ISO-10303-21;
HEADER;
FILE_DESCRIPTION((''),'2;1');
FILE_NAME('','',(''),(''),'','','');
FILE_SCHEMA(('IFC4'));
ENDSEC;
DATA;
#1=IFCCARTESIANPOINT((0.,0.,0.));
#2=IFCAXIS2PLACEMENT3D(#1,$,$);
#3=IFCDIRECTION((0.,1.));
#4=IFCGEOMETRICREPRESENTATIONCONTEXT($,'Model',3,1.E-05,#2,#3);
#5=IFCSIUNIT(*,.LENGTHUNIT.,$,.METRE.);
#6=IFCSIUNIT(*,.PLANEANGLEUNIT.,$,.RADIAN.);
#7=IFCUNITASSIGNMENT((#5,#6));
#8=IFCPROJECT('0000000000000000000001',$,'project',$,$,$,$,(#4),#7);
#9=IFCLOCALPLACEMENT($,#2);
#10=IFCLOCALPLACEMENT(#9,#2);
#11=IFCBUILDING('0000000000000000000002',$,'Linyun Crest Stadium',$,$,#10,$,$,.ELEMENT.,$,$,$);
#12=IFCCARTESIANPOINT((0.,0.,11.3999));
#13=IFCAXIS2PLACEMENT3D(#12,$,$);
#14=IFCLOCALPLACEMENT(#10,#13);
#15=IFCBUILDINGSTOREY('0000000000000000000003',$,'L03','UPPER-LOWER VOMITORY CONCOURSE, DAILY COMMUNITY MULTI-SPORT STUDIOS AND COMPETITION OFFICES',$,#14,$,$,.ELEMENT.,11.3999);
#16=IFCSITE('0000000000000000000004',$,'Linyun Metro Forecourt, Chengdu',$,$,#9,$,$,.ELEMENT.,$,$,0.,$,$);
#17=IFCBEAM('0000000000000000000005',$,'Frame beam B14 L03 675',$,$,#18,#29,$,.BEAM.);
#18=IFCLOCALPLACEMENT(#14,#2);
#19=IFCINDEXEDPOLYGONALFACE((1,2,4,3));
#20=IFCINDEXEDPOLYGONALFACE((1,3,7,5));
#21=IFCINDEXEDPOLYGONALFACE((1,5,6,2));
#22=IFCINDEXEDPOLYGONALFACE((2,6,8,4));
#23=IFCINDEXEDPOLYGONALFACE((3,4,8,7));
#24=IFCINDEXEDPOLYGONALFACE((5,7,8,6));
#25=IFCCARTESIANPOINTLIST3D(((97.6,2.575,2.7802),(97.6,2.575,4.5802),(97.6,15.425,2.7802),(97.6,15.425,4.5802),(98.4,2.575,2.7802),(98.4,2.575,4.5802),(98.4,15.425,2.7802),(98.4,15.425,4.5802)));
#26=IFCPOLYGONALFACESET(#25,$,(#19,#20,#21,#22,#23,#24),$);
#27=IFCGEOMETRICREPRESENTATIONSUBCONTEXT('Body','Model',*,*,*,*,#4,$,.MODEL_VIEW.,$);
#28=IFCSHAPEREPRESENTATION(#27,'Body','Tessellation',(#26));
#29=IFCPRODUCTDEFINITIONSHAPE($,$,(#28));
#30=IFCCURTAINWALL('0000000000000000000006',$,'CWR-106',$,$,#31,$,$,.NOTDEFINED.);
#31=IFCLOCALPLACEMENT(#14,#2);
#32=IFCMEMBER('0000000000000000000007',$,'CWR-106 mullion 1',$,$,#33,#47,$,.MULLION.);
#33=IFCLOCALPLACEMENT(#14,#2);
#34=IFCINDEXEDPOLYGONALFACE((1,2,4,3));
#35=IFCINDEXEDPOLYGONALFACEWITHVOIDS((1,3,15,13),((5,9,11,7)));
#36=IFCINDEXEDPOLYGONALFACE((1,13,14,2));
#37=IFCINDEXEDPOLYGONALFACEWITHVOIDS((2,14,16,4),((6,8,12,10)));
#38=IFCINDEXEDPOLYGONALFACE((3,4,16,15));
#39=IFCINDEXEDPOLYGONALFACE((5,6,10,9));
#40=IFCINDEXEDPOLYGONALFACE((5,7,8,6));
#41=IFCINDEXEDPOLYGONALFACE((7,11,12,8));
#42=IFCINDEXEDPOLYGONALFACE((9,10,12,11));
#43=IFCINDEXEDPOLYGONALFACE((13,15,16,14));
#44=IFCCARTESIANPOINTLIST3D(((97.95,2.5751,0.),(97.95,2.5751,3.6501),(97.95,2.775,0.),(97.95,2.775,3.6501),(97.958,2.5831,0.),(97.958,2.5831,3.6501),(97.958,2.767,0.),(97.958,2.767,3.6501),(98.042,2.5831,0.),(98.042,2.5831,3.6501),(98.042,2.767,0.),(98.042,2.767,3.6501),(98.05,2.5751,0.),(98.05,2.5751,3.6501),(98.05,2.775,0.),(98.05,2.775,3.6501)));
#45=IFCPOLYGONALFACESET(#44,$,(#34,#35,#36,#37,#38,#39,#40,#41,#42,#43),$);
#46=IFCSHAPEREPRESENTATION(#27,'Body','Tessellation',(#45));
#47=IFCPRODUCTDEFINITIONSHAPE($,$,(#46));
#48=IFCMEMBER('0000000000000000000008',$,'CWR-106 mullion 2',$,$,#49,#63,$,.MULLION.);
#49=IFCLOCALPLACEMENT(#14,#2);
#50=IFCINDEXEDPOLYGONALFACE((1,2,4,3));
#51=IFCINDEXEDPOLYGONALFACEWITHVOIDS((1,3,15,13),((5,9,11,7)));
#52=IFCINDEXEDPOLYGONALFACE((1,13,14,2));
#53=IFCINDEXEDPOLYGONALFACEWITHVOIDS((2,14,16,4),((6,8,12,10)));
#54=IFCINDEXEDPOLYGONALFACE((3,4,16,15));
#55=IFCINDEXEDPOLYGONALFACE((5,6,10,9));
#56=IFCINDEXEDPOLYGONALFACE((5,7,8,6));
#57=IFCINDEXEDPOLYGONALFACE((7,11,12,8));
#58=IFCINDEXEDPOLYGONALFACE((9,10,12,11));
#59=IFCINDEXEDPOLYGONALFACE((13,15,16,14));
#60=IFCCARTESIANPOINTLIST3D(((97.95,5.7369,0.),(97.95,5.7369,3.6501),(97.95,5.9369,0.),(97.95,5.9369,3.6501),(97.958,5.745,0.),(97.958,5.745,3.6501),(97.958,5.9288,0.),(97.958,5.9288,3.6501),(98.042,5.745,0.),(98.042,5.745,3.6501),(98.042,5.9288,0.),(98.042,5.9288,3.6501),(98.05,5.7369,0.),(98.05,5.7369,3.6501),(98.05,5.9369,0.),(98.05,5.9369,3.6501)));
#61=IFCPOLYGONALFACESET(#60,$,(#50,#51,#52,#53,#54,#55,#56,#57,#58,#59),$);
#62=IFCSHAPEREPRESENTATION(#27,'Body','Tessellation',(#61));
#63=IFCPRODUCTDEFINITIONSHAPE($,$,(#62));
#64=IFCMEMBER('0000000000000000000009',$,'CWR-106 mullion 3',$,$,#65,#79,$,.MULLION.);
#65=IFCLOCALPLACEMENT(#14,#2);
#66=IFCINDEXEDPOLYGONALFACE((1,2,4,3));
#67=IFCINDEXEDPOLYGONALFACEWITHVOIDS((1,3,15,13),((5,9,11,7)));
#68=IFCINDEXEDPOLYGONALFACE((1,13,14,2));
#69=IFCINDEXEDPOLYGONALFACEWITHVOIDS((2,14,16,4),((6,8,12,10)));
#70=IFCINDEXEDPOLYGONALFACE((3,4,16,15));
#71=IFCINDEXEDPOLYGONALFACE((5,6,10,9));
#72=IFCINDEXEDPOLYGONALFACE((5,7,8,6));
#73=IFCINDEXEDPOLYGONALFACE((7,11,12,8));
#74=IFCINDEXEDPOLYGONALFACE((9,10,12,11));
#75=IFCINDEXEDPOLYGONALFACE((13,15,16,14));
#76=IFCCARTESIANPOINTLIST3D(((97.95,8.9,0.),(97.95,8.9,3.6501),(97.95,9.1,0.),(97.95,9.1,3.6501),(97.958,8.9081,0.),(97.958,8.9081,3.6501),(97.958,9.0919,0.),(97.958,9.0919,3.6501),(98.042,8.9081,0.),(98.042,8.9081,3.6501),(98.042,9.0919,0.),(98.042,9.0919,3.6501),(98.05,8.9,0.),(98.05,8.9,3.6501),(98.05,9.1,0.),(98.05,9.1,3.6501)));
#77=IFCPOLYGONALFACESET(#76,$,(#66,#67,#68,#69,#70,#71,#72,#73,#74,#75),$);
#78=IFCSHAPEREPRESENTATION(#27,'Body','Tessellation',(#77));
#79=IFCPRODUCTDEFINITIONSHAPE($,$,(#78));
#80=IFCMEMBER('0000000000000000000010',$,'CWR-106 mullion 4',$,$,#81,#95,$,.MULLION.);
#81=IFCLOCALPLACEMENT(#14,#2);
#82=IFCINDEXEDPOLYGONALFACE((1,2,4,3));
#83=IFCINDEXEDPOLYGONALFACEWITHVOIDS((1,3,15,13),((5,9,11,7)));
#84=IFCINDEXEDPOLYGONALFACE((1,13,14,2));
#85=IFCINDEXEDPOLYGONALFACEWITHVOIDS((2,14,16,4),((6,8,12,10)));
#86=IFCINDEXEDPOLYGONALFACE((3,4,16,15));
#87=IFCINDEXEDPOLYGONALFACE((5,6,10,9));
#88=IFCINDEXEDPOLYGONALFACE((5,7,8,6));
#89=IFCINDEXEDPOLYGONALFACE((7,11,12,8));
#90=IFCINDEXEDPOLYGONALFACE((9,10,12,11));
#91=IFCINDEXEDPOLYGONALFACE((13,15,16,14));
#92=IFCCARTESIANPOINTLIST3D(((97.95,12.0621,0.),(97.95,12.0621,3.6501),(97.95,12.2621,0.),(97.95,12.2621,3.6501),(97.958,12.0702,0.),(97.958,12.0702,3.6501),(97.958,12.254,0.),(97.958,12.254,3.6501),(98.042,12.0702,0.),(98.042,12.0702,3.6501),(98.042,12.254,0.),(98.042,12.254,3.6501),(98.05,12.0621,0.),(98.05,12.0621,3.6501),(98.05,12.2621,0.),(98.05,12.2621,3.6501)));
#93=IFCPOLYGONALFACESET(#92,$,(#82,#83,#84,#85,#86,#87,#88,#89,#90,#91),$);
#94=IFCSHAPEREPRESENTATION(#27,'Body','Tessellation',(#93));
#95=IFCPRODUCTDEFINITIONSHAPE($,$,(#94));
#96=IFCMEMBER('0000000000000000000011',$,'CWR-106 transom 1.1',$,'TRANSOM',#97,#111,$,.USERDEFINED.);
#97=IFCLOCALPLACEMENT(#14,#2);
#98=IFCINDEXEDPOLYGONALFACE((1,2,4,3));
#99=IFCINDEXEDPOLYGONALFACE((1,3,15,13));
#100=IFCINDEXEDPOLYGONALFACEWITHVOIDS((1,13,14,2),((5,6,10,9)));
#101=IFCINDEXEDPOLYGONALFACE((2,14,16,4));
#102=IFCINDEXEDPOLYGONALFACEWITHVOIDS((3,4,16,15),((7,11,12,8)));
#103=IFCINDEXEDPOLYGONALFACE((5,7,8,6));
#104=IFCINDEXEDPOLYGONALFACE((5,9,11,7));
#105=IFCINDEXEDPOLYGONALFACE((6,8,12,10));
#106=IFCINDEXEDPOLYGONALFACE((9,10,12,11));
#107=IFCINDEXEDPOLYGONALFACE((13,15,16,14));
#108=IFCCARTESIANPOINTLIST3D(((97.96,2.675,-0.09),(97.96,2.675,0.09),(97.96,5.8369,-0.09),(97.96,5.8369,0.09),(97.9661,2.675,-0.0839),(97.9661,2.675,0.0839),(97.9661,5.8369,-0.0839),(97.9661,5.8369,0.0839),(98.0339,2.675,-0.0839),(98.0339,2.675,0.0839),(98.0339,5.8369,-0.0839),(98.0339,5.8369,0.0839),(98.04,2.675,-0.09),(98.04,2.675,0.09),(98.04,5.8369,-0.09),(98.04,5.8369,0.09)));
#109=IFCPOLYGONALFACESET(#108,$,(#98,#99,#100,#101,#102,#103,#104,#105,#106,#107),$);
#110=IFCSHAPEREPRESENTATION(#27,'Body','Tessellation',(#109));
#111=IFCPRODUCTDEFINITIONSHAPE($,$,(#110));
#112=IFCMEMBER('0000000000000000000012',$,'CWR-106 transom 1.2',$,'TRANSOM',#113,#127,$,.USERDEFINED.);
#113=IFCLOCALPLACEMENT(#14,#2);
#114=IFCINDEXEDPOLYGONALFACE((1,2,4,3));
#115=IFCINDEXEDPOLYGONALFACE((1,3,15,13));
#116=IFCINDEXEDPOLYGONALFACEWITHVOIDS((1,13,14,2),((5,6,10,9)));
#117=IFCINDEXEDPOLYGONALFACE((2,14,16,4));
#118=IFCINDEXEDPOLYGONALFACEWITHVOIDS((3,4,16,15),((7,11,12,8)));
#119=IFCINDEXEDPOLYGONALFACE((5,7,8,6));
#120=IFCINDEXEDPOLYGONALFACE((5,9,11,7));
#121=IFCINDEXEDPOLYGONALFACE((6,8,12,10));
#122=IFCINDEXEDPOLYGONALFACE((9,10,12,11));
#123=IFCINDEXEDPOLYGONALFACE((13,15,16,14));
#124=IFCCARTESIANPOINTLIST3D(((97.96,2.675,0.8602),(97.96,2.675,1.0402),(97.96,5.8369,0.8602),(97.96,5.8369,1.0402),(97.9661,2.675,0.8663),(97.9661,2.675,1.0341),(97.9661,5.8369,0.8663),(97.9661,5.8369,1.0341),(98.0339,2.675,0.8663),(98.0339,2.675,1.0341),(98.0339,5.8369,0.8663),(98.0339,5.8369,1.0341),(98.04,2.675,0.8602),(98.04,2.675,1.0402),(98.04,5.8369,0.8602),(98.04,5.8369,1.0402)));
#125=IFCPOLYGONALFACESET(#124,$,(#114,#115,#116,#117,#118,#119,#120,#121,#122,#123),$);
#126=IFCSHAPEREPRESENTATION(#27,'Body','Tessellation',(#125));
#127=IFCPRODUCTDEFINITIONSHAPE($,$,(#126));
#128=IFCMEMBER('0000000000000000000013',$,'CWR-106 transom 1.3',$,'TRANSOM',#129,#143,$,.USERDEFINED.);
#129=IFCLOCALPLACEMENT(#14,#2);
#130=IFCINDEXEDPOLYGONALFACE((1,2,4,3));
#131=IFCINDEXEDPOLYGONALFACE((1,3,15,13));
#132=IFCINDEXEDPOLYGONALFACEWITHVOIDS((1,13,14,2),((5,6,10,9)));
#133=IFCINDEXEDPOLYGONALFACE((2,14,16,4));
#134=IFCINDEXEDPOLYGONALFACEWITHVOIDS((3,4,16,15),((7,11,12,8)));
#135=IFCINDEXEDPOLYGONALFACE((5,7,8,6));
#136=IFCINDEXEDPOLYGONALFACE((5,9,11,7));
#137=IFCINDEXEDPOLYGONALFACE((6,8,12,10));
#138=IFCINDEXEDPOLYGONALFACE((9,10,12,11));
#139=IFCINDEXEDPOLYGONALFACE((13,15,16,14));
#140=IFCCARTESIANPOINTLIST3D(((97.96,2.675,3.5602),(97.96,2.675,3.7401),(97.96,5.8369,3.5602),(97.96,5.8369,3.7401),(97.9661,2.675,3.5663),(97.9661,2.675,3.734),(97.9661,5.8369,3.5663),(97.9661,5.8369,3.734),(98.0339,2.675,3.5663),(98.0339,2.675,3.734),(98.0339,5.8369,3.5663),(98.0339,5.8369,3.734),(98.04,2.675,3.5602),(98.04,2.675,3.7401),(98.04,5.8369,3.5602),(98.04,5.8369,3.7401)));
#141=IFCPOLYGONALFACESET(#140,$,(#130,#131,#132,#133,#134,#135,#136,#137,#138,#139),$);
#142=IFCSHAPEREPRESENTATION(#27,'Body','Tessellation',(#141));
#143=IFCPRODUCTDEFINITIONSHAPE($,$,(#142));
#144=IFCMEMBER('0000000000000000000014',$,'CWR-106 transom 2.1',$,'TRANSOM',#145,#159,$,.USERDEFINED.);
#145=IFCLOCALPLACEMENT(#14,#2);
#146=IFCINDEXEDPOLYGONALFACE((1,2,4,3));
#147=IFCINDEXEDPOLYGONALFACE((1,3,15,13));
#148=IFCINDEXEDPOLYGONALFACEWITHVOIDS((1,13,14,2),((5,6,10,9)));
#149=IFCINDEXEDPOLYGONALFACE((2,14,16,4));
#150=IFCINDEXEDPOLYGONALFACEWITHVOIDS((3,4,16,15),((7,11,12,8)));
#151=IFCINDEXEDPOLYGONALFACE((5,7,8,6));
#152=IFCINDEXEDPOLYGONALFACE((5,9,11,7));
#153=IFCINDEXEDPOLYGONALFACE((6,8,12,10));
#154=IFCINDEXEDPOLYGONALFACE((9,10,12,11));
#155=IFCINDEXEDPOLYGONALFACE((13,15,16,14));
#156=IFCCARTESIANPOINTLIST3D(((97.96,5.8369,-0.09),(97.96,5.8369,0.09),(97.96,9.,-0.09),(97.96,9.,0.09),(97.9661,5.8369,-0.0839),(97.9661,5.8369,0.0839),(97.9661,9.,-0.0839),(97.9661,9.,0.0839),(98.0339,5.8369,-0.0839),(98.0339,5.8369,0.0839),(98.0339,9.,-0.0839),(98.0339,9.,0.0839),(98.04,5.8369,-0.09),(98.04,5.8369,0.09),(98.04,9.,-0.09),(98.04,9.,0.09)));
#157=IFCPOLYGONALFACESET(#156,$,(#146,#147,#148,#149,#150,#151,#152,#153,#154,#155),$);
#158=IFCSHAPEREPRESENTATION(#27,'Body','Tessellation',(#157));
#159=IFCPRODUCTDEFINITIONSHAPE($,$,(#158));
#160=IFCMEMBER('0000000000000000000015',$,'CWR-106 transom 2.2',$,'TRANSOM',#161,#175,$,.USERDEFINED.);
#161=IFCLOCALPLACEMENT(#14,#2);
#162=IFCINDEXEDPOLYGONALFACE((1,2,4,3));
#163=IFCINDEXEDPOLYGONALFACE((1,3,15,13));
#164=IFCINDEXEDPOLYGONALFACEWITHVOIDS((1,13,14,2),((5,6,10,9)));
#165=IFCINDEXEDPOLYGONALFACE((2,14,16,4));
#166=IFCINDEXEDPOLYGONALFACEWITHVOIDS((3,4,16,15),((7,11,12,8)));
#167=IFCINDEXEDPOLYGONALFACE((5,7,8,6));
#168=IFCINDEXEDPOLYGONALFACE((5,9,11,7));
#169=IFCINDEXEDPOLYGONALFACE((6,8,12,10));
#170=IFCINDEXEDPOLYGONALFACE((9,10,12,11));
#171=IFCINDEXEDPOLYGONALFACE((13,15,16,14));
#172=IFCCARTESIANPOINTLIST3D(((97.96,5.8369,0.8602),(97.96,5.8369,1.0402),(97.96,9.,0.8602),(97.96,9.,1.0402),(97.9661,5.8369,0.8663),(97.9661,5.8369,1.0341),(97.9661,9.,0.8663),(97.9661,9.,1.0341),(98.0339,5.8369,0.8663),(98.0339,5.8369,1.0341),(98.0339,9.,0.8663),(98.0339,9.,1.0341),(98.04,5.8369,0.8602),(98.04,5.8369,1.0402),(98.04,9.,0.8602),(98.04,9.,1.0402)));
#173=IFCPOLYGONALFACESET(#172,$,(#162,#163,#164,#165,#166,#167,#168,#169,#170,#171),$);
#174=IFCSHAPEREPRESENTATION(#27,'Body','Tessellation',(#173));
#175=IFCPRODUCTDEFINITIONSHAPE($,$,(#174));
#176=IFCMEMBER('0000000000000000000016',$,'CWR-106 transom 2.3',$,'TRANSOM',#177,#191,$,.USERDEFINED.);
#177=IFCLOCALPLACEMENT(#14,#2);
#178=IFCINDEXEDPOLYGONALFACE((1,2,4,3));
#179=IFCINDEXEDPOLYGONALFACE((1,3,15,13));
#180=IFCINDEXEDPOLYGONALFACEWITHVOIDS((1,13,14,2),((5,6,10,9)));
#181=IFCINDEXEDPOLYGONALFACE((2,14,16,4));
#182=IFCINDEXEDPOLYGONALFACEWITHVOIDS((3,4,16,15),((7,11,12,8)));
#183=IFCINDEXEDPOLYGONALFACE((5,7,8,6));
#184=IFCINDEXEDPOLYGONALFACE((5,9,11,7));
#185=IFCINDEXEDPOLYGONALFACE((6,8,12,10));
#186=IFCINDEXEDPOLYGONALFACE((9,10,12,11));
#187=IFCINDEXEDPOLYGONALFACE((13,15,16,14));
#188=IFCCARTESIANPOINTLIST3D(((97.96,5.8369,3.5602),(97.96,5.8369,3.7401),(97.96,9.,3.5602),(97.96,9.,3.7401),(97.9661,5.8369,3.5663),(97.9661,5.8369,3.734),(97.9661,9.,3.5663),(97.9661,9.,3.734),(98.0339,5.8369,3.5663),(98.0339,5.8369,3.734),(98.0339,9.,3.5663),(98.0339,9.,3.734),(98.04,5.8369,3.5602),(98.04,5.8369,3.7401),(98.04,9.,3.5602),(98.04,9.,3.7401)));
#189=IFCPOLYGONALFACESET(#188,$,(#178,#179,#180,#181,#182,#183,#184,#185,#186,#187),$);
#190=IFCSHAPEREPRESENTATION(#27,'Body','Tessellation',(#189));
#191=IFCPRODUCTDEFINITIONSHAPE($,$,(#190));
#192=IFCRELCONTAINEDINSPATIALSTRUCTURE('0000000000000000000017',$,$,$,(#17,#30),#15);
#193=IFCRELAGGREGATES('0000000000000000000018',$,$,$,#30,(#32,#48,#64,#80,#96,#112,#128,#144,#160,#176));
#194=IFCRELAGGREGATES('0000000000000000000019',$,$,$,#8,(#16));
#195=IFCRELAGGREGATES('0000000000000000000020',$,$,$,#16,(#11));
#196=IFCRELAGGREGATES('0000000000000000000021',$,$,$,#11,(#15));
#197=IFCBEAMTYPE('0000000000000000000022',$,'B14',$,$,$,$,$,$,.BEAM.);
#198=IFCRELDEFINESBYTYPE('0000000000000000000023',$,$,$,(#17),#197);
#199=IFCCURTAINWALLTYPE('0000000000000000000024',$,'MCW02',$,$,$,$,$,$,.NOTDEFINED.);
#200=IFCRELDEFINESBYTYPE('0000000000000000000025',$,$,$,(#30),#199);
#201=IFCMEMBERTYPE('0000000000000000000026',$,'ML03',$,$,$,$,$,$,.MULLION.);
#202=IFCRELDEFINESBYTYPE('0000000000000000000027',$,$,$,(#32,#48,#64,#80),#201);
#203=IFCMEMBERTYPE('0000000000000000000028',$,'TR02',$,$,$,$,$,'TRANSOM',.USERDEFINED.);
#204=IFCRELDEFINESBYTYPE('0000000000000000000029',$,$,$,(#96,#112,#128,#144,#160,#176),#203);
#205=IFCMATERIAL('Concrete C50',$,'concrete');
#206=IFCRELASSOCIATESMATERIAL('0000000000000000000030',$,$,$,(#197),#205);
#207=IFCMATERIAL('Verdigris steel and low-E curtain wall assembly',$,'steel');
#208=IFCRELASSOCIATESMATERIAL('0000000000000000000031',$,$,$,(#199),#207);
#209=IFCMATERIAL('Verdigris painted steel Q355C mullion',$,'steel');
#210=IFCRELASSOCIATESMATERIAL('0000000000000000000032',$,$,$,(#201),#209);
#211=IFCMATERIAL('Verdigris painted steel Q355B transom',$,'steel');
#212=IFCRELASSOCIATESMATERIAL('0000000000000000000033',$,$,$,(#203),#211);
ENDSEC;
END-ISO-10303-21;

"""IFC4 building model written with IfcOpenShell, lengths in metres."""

from ifc_helpers import new_model, si_unit, direction, frame, origin, origin_2d, place, context, subcontext, project, spatial, rectangle, hollow_rectangle, extrude, material, material_profile, profile_set, type_object, element, aggregate, save


model = new_model("IFC4")

# Units and contexts
model_context = context("Model", 3, precision=1e-05, world=origin(), true_north=direction((0.0, 1.0)))
body_context = subcontext(model_context, "Body", "Model", "MODEL_VIEW")
ifc_project = project(units=[si_unit("LENGTHUNIT", "METRE"), si_unit("PLANEANGLEUNIT", "RADIAN")], contexts=[model_context])

# Site, building, storey
site_placement = place(None, origin())
site = spatial("IfcSite", under=ifc_project, at=site_placement, Name="Linyun Metro Forecourt, Chengdu", CompositionType="ELEMENT", RefElevation=0.0)
building_placement = place(site_placement, origin())
building = spatial("IfcBuilding", under=site, at=building_placement, Name="Linyun Crest Stadium", CompositionType="ELEMENT")
storey_placement = place(building_placement, frame((0.0, 0.0, 11.3999)))
storey = spatial("IfcBuildingStorey", under=building, at=storey_placement, Name="L03", Description="UPPER-LOWER VOMITORY CONCOURSE, DAILY COMMUNITY MULTI-SPORT STUDIOS AND COMPETITION OFFICES", CompositionType="ELEMENT", Elevation=11.3999)

# Beam
ifc_material_1 = material(Name="Concrete C50", Category="concrete")
ifc_material_profile_1 = material_profile(ifc_material_1, rectangle(XDim=0.8, YDim=1.8, at=origin_2d()), Name="RCB 1800x800")
ifc_profile_set_1 = profile_set([ifc_material_profile_1], Name="Concrete C50")
beam_type = type_object("IfcBeamType", Name="B14", PredefinedType="BEAM", material=ifc_profile_set_1)
beam_placement = place(storey_placement, frame((98.0, 2.575, 3.6802), z_axis=(0.0, 1.0, 0.0), x_axis=(-1.0, 0.0, 0.0)))
element("IfcBeam", 1, at=beam_placement, inside=storey, type_object=beam_type, Name="Frame beam B14 L03 675", PredefinedType="BEAM", context=body_context, shape_type="SweptSolid", body=[
    extrude(rectangle(XDim=0.8, YDim=1.8, at=origin_2d()), origin(), (0.0, 0.0, 1.0), 12.8501),
])

# Curtain wall, members
ifc_material_2 = material(Name="Verdigris steel and low-E curtain wall assembly", Category="steel")
curtain_wall_type = type_object("IfcCurtainWallType", Name="MCW02", PredefinedType="NOTDEFINED", material=ifc_material_2)
curtain_wall_placement = place(storey_placement, origin())
curtain_wall = element("IfcCurtainWall", 2, at=curtain_wall_placement, inside=storey, type_object=curtain_wall_type, Name="CWR-106", PredefinedType="NOTDEFINED")
ifc_material_3 = material(Name="Verdigris painted steel Q355C mullion", Category="steel")
ifc_material_profile_2 = material_profile(ifc_material_3, hollow_rectangle(XDim=0.1001, YDim=0.2, WallThickness=0.0081, at=origin_2d()), Name="RHS 200x100x8")
ifc_profile_set_2 = profile_set([ifc_material_profile_2], Name="Verdigris painted steel Q355C mullion")
member_type_1 = type_object("IfcMemberType", Name="ML03", PredefinedType="MULLION", material=ifc_profile_set_2)
member_1_placement = place(storey_placement, frame((98.0, 2.675, 0.0), z_axis=(0.0, 0.0, 1.0), x_axis=(-1.0, 0.0, 0.0)))
member_1 = element("IfcMember", 3, at=member_1_placement, type_object=member_type_1, Name="CWR-106 mullion 1", PredefinedType="MULLION", context=body_context, shape_type="SweptSolid", body=[
    extrude(hollow_rectangle(XDim=0.1001, YDim=0.2, WallThickness=0.0081, at=origin_2d()), origin(), (0.0, 0.0, 1.0), 3.6501),
])
member_2_placement = place(storey_placement, frame((98.0, 5.8369, 0.0), z_axis=(0.0, 0.0, 1.0), x_axis=(-1.0, 0.0, 0.0)))
member_2 = element("IfcMember", 4, at=member_2_placement, type_object=member_type_1, Name="CWR-106 mullion 2", PredefinedType="MULLION", context=body_context, shape_type="SweptSolid", body=[
    extrude(hollow_rectangle(XDim=0.1001, YDim=0.2, WallThickness=0.0081, at=origin_2d()), origin(), (0.0, 0.0, 1.0), 3.6501),
])
member_3_placement = place(storey_placement, frame((98.0, 9.0, 0.0), z_axis=(0.0, 0.0, 1.0), x_axis=(-1.0, 0.0, 0.0)))
member_3 = element("IfcMember", 5, at=member_3_placement, type_object=member_type_1, Name="CWR-106 mullion 3", PredefinedType="MULLION", context=body_context, shape_type="SweptSolid", body=[
    extrude(hollow_rectangle(XDim=0.1001, YDim=0.2, WallThickness=0.0081, at=origin_2d()), origin(), (0.0, 0.0, 1.0), 3.6501),
])
member_4_placement = place(storey_placement, frame((98.0, 12.1621, 0.0), z_axis=(0.0, 0.0, 1.0), x_axis=(-1.0, 0.0, 0.0)))
member_4 = element("IfcMember", 6, at=member_4_placement, type_object=member_type_1, Name="CWR-106 mullion 4", PredefinedType="MULLION", context=body_context, shape_type="SweptSolid", body=[
    extrude(hollow_rectangle(XDim=0.1001, YDim=0.2, WallThickness=0.0081, at=origin_2d()), origin(), (0.0, 0.0, 1.0), 3.6501),
])
ifc_material_4 = material(Name="Verdigris painted steel Q355B transom", Category="steel")
ifc_material_profile_3 = material_profile(ifc_material_4, hollow_rectangle(XDim=0.0801, YDim=0.1799, WallThickness=0.0061, at=origin_2d()), Name="RHS 180x80x6")
ifc_profile_set_3 = profile_set([ifc_material_profile_3], Name="Verdigris painted steel Q355B transom")
member_type_2 = type_object("IfcMemberType", Name="TR02", ElementType="TRANSOM", PredefinedType="USERDEFINED", material=ifc_profile_set_3)
member_5_placement = place(storey_placement, frame((98.0, 2.675, 0.0), z_axis=(0.0, 1.0, 0.0), x_axis=(-1.0, 0.0, 0.0)))
member_5 = element("IfcMember", 7, at=member_5_placement, type_object=member_type_2, Name="CWR-106 transom 1.1", ObjectType="TRANSOM", PredefinedType="USERDEFINED", context=body_context, shape_type="SweptSolid", body=[
    extrude(hollow_rectangle(XDim=0.0801, YDim=0.1799, WallThickness=0.0061, at=origin_2d()), origin(), (0.0, 0.0, 1.0), 3.1619),
])
member_6_placement = place(storey_placement, frame((98.0, 2.675, 0.9502), z_axis=(0.0, 1.0, 0.0), x_axis=(-1.0, 0.0, 0.0)))
member_6 = element("IfcMember", 8, at=member_6_placement, type_object=member_type_2, Name="CWR-106 transom 1.2", ObjectType="TRANSOM", PredefinedType="USERDEFINED", context=body_context, shape_type="SweptSolid", body=[
    extrude(hollow_rectangle(XDim=0.0801, YDim=0.1799, WallThickness=0.0061, at=origin_2d()), origin(), (0.0, 0.0, 1.0), 3.1619),
])
member_7_placement = place(storey_placement, frame((98.0, 2.675, 3.6501), z_axis=(0.0, 1.0, 0.0), x_axis=(-1.0, 0.0, 0.0)))
member_7 = element("IfcMember", 9, at=member_7_placement, type_object=member_type_2, Name="CWR-106 transom 1.3", ObjectType="TRANSOM", PredefinedType="USERDEFINED", context=body_context, shape_type="SweptSolid", body=[
    extrude(hollow_rectangle(XDim=0.0801, YDim=0.1799, WallThickness=0.0061, at=origin_2d()), origin(), (0.0, 0.0, 1.0), 3.1619),
])
member_8_placement = place(storey_placement, frame((98.0, 5.8369, 0.0), z_axis=(0.0, 1.0, 0.0), x_axis=(-1.0, 0.0, 0.0)))
member_8 = element("IfcMember", 10, at=member_8_placement, type_object=member_type_2, Name="CWR-106 transom 2.1", ObjectType="TRANSOM", PredefinedType="USERDEFINED", context=body_context, shape_type="SweptSolid", body=[
    extrude(hollow_rectangle(XDim=0.0801, YDim=0.1799, WallThickness=0.0061, at=origin_2d()), origin(), (0.0, 0.0, 1.0), 3.1631),
])
member_9_placement = place(storey_placement, frame((98.0, 5.8369, 0.9502), z_axis=(0.0, 1.0, 0.0), x_axis=(-1.0, 0.0, 0.0)))
member_9 = element("IfcMember", 11, at=member_9_placement, type_object=member_type_2, Name="CWR-106 transom 2.2", ObjectType="TRANSOM", PredefinedType="USERDEFINED", context=body_context, shape_type="SweptSolid", body=[
    extrude(hollow_rectangle(XDim=0.0801, YDim=0.1799, WallThickness=0.0061, at=origin_2d()), origin(), (0.0, 0.0, 1.0), 3.1631),
])
member_10_placement = place(storey_placement, frame((98.0, 5.8369, 3.6501), z_axis=(0.0, 1.0, 0.0), x_axis=(-1.0, 0.0, 0.0)))
member_10 = element("IfcMember", 12, at=member_10_placement, type_object=member_type_2, Name="CWR-106 transom 2.3", ObjectType="TRANSOM", PredefinedType="USERDEFINED", context=body_context, shape_type="SweptSolid", body=[
    extrude(hollow_rectangle(XDim=0.0801, YDim=0.1799, WallThickness=0.0061, at=origin_2d()), origin(), (0.0, 0.0, 1.0), 3.1631),
])
aggregate(curtain_wall, [member_1, member_2, member_3, member_4, member_5, member_6, member_7, member_8, member_9, member_10])

save(model, "model.ifc")
